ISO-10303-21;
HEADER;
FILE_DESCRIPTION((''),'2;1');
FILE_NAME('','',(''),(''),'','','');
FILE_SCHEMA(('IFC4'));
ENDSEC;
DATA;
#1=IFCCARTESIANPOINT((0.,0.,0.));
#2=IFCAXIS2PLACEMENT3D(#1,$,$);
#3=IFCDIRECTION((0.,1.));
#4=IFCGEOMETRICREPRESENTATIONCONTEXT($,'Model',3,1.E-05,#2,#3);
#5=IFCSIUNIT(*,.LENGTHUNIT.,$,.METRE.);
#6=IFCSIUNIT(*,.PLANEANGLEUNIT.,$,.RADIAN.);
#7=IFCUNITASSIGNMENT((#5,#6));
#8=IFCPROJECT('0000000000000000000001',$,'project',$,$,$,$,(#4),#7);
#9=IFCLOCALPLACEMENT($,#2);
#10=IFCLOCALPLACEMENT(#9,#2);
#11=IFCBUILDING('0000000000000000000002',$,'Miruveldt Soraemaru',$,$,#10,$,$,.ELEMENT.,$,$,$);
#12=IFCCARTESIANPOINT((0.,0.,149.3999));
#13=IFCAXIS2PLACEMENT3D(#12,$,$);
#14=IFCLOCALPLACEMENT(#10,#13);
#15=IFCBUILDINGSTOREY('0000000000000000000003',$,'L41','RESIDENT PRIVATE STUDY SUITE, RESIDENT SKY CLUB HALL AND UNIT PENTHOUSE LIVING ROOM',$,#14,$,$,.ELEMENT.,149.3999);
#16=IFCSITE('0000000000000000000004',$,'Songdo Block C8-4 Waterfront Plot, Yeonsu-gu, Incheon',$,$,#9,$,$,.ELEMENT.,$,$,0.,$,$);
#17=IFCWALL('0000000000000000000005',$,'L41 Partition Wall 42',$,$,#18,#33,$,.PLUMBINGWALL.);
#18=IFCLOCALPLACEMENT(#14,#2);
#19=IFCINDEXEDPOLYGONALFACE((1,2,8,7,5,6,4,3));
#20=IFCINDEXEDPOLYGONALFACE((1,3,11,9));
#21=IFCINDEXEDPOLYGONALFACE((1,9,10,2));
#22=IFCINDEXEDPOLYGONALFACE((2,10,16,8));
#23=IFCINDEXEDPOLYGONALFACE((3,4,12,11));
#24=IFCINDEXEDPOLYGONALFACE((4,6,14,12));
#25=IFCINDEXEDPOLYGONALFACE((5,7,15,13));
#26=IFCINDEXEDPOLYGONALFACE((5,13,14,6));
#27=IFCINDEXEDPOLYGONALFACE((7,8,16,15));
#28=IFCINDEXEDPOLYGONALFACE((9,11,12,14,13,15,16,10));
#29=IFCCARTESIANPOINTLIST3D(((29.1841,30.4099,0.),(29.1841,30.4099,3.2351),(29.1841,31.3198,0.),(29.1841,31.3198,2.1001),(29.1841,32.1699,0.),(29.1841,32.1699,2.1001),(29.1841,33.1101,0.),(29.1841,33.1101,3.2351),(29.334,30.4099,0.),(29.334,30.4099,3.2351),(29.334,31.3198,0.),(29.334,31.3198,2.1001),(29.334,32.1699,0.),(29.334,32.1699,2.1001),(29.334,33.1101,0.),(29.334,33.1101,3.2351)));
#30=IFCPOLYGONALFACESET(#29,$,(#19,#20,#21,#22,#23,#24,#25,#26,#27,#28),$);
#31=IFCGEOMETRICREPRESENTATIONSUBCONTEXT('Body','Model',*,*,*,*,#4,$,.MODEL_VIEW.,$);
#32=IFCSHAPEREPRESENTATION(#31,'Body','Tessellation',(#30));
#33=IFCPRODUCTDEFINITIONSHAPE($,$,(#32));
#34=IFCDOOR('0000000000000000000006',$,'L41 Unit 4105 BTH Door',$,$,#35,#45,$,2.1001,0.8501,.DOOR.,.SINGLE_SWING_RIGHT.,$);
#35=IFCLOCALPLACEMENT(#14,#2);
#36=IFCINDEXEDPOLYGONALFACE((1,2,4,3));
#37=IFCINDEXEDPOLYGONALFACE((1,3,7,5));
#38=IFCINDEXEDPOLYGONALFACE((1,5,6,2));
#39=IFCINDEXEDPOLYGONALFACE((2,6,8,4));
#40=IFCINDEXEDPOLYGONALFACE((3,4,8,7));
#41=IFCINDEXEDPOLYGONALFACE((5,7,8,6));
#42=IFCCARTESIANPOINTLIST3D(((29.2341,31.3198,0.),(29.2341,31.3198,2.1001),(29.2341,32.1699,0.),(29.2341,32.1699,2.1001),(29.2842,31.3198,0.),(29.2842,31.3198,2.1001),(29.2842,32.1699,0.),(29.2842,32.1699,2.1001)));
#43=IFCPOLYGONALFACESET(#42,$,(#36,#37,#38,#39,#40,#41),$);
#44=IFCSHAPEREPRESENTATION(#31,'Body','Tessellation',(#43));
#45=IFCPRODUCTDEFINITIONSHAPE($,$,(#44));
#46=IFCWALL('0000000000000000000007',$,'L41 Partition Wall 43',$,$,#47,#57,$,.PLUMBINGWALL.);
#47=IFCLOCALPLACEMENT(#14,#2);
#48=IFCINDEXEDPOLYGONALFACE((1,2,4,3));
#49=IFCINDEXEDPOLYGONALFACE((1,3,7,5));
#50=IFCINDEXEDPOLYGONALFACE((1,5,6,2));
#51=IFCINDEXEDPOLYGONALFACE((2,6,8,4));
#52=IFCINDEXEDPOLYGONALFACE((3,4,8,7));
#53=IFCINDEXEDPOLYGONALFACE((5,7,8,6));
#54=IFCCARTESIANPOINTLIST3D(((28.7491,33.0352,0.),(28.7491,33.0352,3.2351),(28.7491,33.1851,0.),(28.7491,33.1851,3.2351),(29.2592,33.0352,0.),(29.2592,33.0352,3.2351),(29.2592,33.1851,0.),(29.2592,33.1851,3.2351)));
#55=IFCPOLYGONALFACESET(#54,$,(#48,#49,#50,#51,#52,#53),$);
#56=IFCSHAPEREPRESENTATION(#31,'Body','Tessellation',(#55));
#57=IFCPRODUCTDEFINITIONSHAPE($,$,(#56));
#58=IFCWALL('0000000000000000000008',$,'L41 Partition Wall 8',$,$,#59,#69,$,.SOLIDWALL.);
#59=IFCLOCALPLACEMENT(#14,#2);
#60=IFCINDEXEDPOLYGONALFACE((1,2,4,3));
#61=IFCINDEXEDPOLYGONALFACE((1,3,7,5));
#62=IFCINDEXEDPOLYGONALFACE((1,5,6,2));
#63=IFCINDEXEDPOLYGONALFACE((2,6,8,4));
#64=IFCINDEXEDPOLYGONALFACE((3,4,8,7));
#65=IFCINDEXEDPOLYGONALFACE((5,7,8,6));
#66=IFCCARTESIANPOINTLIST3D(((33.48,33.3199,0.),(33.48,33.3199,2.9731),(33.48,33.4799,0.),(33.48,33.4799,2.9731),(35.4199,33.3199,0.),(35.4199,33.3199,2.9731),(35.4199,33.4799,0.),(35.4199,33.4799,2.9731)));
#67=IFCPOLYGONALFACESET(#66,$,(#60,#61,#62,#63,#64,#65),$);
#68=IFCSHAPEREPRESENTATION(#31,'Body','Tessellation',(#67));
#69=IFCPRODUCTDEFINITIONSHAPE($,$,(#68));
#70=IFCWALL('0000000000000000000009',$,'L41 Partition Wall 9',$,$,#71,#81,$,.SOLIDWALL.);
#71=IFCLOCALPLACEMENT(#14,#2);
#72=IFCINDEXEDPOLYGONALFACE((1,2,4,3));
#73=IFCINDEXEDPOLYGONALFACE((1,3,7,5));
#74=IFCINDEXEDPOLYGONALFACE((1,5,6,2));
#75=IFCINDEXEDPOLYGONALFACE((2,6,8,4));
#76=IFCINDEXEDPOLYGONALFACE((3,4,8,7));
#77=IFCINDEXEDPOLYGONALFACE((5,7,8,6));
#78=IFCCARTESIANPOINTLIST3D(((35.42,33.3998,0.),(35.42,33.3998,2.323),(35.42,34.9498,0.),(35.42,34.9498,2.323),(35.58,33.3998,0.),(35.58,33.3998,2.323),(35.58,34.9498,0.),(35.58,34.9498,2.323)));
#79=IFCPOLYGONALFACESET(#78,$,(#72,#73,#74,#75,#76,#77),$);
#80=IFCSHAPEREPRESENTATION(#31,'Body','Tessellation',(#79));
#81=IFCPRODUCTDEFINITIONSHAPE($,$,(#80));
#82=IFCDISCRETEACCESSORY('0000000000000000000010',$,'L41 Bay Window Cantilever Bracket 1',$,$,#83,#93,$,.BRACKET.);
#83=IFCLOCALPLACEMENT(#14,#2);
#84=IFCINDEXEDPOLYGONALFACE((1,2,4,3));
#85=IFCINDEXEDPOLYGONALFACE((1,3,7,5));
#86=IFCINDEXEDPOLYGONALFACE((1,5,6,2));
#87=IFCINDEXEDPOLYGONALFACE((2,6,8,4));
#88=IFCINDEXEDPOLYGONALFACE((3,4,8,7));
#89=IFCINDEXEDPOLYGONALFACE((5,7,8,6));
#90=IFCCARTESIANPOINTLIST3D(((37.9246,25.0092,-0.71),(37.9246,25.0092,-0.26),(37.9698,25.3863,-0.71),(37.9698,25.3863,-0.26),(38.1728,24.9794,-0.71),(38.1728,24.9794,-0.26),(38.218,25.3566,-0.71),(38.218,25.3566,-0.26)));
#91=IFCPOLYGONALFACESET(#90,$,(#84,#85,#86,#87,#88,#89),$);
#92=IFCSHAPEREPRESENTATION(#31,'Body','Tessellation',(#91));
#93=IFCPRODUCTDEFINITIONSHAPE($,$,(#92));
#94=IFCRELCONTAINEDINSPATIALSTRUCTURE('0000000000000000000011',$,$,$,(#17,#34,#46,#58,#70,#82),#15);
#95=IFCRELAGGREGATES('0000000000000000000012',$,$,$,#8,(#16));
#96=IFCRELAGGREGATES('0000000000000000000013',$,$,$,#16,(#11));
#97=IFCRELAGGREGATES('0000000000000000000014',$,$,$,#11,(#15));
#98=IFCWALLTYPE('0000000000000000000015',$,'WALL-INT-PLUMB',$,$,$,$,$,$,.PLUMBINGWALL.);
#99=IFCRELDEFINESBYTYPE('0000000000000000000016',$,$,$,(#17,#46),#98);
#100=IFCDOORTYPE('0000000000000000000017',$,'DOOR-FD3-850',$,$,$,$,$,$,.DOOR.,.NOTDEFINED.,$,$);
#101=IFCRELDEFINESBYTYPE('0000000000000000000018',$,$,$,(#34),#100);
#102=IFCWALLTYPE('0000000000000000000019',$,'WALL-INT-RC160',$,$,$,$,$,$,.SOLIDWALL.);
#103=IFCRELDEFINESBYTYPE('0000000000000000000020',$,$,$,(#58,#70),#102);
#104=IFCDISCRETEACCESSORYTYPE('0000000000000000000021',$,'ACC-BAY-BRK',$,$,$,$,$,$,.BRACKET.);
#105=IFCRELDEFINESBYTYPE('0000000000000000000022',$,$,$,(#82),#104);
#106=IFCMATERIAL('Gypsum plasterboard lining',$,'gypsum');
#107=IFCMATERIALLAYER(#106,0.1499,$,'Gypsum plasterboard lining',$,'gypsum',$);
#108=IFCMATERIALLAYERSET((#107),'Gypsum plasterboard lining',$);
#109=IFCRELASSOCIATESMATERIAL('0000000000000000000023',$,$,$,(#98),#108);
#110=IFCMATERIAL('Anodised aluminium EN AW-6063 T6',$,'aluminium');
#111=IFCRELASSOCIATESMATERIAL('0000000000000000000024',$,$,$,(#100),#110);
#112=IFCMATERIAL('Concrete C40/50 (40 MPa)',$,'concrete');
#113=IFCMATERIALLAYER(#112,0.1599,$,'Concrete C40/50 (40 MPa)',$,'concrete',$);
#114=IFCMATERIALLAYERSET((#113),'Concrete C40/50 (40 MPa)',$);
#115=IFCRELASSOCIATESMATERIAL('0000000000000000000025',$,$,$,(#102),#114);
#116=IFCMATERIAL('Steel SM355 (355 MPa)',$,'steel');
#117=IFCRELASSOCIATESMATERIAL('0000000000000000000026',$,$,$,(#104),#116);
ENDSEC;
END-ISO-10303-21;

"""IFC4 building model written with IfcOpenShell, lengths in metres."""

from ifc_helpers import new_model, si_unit, direction, frame, frame_2d, origin, origin_2d, place, context, subcontext, project, spatial, rectangle, extrude, material, layer, layer_set, type_object, element, fill, save


model = new_model("IFC4")

# Units and contexts
model_context = context("Model", 3, precision=1e-05, world=origin(), true_north=direction((0.0, 1.0)))
body_context = subcontext(model_context, "Body", "Model", "MODEL_VIEW")
ifc_project = project(units=[si_unit("LENGTHUNIT", "METRE"), si_unit("PLANEANGLEUNIT", "RADIAN")], contexts=[model_context])

# Site, building, storey
site_placement = place(None, origin())
site = spatial("IfcSite", under=ifc_project, at=site_placement, Name="Songdo Block C8-4 Waterfront Plot, Yeonsu-gu, Incheon", CompositionType="ELEMENT", RefElevation=0.0)
building_placement = place(site_placement, origin())
building = spatial("IfcBuilding", under=site, at=building_placement, Name="Miruveldt Soraemaru", CompositionType="ELEMENT")
storey_placement = place(building_placement, frame((0.0, 0.0, 149.3999)))
storey = spatial("IfcBuildingStorey", under=building, at=storey_placement, Name="L41", Description="RESIDENT PRIVATE STUDY SUITE, RESIDENT SKY CLUB HALL AND UNIT PENTHOUSE LIVING ROOM", CompositionType="ELEMENT", Elevation=149.3999)

# Shared definitions
ifc_material_1 = material(Name="Anodised aluminium EN AW-6063 T6", Category="aluminium")

# Shared definitions
ifc_material_2 = material(Name="Gypsum plasterboard lining", Category="gypsum")

# Wall, opening, door
ifc_layer_1 = layer(ifc_material_2, 0.1499, Name="Gypsum plasterboard lining", Category="gypsum")
ifc_layer_set_1 = layer_set([ifc_layer_1], Name="Gypsum plasterboard lining")
wall_type_1 = type_object("IfcWallType", Name="WALL-INT-PLUMB", PredefinedType="PLUMBINGWALL", material=ifc_layer_set_1)
wall_1_placement = place(storey_placement, frame((29.259, 30.4099, 0.0), z_axis=(0.0, 0.0, 1.0), x_axis=(0.0, 1.0, 0.0)))
wall_1 = element("IfcWall", 1, at=wall_1_placement, inside=storey, type_object=wall_type_1, Name="L41 Partition Wall 42", PredefinedType="PLUMBINGWALL", context=body_context, shape_type="SweptSolid", body=[
    extrude(rectangle(XDim=2.7002, YDim=0.1499, at=frame_2d((1.3501, 0.0))), origin(), (0.0, 0.0, 1.0), 3.2351),
])
opening_1_placement = place(wall_1_placement, frame((0.9099, 0.0, 0.0)))
opening_1 = element("IfcOpeningElement", 2, at=opening_1_placement, cuts=wall_1, PredefinedType="OPENING", context=body_context, shape_type="SweptSolid", body=[
    extrude(rectangle(XDim=0.8501, YDim=2.1001, at=frame_2d((0.425, 1.05))), frame((0.0, 0.085, 0.0), z_axis=(0.0, -1.0, 0.0), x_axis=(1.0, 0.0, 0.0)), (0.0, 0.0, 1.0), 0.1699),
])
door_type = type_object("IfcDoorType", Name="DOOR-FD3-850", OperationType="NOTDEFINED", PredefinedType="DOOR", material=ifc_material_1)
door_placement = place(opening_1_placement, origin())
door = element("IfcDoor", 3, at=door_placement, inside=storey, type_object=door_type, Name="L41 Unit 4105 BTH Door", OperationType="SINGLE_SWING_RIGHT", OverallHeight=2.1001, OverallWidth=0.8501, PredefinedType="DOOR", context=body_context, shape_type="SweptSolid", body=[
    extrude(rectangle(XDim=0.8501, YDim=2.1001, at=frame_2d((0.425, 1.05))), frame((0.0, 0.0249, 0.0), z_axis=(0.0, -1.0, 0.0), x_axis=(1.0, 0.0, 0.0)), (0.0, 0.0, 1.0), 0.05),
])
fill(opening_1, door)

# Walls
wall_2_placement = place(storey_placement, frame((29.259, 33.1101, 0.0), z_axis=(0.0, 0.0, 1.0), x_axis=(-1.0, 0.0, 0.0)))
element("IfcWall", 4, at=wall_2_placement, inside=storey, type_object=wall_type_1, Name="L41 Partition Wall 43", PredefinedType="PLUMBINGWALL", context=body_context, shape_type="SweptSolid", body=[
    extrude(rectangle(XDim=0.51, YDim=0.1499, at=frame_2d((0.2549, 0.0))), origin(), (0.0, 0.0, 1.0), 3.2351),
])
ifc_material_3 = material(Name="Concrete C40/50 (40 MPa)", Category="concrete")
ifc_layer_2 = layer(ifc_material_3, 0.1599, Name="Concrete C40/50 (40 MPa)", Category="concrete")
ifc_layer_set_2 = layer_set([ifc_layer_2], Name="Concrete C40/50 (40 MPa)")
wall_type_2 = type_object("IfcWallType", Name="WALL-INT-RC160", PredefinedType="SOLIDWALL", material=ifc_layer_set_2)
wall_3_placement = place(storey_placement, frame((33.48, 33.3999, 0.0), z_axis=(0.0, 0.0, 1.0), x_axis=(1.0, 0.0, 0.0)))
element("IfcWall", 5, at=wall_3_placement, inside=storey, type_object=wall_type_2, Name="L41 Partition Wall 8", PredefinedType="SOLIDWALL", context=body_context, shape_type="SweptSolid", body=[
    extrude(rectangle(XDim=1.9399, YDim=0.1599, at=frame_2d((0.97, 0.0))), origin(), (0.0, 0.0, 1.0), 2.9731),
])
wall_4_placement = place(storey_placement, frame((35.5, 33.3999, 0.0), z_axis=(0.0, 0.0, 1.0), x_axis=(0.0, 1.0, 0.0)))
element("IfcWall", 6, at=wall_4_placement, inside=storey, type_object=wall_type_2, Name="L41 Partition Wall 9", PredefinedType="SOLIDWALL", context=body_context, shape_type="SweptSolid", body=[
    extrude(rectangle(XDim=1.55, YDim=0.1599, at=frame_2d((0.7749, 0.0))), origin(), (0.0, 0.0, 1.0), 2.323),
])

# Discrete accessory
ifc_material_4 = material(Name="Steel SM355 (355 MPa)", Category="steel")
discrete_accessory_type = type_object("IfcDiscreteAccessoryType", Name="ACC-BAY-BRK", PredefinedType="BRACKET", material=ifc_material_4)
discrete_accessory_placement = place(storey_placement, frame((38.0713, 25.1829, -0.71), z_axis=(0.0, 0.0, 1.0), x_axis=(-0.119132, -0.992878, 0.0)))
element("IfcDiscreteAccessory", 7, at=discrete_accessory_placement, inside=storey, type_object=discrete_accessory_type, Name="L41 Bay Window Cantilever Bracket 1", PredefinedType="BRACKET", context=body_context, shape_type="SweptSolid", body=[
    extrude(rectangle(XDim=0.3799, YDim=0.25, at=origin_2d()), origin(), (0.0, 0.0, 1.0), 0.45),
])

save(model, "model.ifc")
